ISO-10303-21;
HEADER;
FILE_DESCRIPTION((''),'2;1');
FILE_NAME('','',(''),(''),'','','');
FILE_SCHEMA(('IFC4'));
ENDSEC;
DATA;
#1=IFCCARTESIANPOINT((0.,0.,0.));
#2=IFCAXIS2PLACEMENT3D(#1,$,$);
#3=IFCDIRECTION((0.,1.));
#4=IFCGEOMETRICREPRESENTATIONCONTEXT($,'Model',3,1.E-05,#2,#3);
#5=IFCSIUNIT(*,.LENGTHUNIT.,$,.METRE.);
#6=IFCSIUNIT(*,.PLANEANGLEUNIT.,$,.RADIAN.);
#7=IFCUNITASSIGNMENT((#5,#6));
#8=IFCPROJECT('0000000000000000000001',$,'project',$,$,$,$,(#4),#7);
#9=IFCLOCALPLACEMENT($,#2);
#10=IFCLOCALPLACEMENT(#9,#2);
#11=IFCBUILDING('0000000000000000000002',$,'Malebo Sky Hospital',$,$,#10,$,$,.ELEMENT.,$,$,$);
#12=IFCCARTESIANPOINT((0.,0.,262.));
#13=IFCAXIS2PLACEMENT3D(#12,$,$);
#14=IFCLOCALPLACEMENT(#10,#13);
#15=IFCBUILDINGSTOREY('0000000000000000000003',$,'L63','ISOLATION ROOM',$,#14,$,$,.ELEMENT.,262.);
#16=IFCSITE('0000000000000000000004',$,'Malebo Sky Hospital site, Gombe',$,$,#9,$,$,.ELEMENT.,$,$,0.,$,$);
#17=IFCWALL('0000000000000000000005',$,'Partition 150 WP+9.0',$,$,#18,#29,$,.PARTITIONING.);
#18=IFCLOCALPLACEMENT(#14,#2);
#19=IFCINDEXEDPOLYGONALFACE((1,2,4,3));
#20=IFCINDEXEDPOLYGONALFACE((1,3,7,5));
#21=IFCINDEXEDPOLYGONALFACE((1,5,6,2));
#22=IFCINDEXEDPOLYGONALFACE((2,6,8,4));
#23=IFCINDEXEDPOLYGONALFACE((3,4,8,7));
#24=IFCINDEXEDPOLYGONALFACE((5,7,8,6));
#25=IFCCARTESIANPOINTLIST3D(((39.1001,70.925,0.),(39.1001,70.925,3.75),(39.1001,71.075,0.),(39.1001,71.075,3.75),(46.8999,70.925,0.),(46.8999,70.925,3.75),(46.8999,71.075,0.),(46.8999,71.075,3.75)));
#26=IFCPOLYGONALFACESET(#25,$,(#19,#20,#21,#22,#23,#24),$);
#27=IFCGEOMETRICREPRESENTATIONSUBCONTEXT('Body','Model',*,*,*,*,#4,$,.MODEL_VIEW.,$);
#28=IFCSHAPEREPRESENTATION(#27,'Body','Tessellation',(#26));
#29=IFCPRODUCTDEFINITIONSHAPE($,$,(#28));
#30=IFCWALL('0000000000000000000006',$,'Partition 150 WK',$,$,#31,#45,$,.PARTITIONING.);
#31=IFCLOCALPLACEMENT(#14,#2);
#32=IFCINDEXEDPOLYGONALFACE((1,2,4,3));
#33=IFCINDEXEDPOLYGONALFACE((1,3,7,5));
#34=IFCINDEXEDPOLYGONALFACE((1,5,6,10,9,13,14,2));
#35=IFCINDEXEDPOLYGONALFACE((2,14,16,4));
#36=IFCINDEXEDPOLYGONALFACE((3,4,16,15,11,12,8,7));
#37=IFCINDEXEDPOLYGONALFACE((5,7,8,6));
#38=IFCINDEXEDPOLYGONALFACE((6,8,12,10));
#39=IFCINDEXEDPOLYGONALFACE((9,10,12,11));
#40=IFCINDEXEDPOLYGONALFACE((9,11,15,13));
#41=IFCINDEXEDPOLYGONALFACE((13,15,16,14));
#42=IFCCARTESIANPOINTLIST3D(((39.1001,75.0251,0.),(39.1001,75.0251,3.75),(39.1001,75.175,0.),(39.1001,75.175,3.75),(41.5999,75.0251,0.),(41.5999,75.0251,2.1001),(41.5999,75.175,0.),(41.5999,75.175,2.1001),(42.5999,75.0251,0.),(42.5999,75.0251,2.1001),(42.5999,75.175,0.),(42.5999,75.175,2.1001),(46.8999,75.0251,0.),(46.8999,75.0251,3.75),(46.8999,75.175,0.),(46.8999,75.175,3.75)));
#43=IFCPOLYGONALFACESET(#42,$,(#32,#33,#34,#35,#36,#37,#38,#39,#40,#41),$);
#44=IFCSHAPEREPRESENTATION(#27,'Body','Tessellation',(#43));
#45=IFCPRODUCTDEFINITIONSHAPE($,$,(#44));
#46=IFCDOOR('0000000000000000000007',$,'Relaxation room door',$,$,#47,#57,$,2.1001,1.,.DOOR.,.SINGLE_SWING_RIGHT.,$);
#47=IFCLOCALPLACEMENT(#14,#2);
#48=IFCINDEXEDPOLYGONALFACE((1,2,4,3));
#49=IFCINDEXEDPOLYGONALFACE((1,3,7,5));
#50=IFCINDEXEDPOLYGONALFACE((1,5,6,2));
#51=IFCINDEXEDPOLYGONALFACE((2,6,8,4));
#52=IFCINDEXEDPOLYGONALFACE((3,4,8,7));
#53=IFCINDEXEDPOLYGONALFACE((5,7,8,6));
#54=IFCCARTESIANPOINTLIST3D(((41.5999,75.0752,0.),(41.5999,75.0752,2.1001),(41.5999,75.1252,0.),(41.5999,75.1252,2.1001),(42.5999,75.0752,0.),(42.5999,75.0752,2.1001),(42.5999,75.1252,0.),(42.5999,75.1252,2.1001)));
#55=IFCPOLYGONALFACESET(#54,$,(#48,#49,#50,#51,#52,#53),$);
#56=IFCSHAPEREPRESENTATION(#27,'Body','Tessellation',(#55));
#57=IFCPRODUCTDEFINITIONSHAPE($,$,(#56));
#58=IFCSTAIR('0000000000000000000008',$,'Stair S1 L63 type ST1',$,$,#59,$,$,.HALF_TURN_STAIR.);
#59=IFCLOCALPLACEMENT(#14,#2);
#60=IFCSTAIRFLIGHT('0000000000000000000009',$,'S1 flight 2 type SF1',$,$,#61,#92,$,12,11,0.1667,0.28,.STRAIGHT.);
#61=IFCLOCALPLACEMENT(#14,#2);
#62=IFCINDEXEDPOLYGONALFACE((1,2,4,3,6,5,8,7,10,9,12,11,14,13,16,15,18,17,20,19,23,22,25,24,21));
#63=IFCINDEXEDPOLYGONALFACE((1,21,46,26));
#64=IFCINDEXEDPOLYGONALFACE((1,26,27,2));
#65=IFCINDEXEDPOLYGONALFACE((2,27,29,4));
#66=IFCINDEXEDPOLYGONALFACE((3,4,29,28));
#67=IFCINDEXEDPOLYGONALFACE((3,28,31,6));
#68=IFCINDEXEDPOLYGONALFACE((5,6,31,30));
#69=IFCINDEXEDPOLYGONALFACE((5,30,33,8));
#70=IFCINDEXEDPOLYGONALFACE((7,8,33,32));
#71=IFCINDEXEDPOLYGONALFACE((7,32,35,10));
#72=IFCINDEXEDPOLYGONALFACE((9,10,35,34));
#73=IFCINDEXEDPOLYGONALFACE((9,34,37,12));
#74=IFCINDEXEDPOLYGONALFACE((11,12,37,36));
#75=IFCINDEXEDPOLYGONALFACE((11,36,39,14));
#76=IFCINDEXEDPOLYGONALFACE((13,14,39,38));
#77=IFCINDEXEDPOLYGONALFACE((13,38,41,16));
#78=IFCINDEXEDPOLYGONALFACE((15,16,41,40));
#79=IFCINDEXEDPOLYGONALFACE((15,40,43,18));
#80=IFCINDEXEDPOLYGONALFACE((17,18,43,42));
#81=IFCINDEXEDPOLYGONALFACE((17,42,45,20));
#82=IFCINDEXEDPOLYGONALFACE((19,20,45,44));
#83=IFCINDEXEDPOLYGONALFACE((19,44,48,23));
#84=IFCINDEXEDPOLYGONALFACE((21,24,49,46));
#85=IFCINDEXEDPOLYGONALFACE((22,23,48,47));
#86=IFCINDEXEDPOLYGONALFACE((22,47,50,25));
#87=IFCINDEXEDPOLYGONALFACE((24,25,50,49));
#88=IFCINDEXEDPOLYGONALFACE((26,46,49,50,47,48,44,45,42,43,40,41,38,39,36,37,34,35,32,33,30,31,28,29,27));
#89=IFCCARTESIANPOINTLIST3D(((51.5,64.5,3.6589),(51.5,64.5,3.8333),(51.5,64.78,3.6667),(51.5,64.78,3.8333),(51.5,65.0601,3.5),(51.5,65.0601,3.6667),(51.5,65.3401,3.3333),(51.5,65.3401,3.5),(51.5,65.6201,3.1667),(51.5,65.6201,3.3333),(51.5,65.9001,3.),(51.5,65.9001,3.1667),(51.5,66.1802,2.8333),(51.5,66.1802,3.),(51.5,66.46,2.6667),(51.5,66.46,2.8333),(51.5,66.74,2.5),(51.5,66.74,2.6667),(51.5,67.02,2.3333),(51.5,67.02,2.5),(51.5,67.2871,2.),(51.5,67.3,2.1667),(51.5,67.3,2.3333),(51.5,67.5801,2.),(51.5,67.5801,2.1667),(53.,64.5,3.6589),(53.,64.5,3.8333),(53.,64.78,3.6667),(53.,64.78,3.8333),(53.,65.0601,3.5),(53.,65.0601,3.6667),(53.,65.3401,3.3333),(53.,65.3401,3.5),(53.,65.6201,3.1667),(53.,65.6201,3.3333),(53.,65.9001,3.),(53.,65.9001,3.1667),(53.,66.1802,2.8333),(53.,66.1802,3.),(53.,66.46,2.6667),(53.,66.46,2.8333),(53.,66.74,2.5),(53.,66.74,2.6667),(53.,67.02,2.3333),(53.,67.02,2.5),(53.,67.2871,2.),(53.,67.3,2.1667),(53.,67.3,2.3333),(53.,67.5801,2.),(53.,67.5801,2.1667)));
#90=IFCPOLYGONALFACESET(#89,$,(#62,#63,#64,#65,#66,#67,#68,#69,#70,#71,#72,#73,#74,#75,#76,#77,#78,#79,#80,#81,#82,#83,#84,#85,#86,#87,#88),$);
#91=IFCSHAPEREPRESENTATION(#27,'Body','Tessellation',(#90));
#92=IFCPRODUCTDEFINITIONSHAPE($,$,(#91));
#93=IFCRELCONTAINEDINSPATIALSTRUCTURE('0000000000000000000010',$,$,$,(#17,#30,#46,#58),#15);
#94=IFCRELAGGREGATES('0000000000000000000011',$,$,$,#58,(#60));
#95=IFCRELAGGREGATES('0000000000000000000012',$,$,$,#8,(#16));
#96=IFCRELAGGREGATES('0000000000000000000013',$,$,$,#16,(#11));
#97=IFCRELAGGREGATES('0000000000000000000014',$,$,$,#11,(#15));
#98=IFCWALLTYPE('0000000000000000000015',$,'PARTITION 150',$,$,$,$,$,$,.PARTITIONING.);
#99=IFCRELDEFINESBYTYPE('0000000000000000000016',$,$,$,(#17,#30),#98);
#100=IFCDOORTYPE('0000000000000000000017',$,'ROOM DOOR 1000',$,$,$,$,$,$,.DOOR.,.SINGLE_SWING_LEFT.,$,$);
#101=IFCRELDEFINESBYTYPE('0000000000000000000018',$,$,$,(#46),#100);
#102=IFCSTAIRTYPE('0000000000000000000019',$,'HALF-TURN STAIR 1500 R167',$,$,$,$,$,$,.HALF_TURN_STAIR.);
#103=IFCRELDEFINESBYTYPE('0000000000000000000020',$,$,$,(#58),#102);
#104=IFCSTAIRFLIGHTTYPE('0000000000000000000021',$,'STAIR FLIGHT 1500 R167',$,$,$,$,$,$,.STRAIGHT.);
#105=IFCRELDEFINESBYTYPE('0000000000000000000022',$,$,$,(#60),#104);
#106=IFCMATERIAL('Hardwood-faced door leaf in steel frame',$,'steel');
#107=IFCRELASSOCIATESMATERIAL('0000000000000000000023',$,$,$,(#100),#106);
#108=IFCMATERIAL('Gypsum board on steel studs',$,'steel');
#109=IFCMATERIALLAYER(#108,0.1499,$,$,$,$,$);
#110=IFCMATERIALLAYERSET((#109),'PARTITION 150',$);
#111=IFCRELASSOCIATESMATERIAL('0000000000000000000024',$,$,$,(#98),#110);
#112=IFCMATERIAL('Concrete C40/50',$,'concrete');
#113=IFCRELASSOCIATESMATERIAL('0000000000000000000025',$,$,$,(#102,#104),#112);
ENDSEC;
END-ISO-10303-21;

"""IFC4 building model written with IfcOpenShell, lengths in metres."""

from ifc_helpers import new_model, si_unit, direction, frame, frame_2d, origin, place, context, subcontext, project, spatial, polyline, rectangle, outline, extrude, material, layer, layer_set, type_object, element, fill, aggregate, save


model = new_model("IFC4")

# Units and contexts
model_context = context("Model", 3, precision=1e-05, world=origin(), true_north=direction((0.0, 1.0)))
body_context = subcontext(model_context, "Body", "Model", "MODEL_VIEW")
ifc_project = project(units=[si_unit("LENGTHUNIT", "METRE"), si_unit("PLANEANGLEUNIT", "RADIAN")], contexts=[model_context])

# Site, building, storey
site_placement = place(None, origin())
site = spatial("IfcSite", under=ifc_project, at=site_placement, Name="Malebo Sky Hospital site, Gombe", CompositionType="ELEMENT", RefElevation=0.0)
building_placement = place(site_placement, origin())
building = spatial("IfcBuilding", under=site, at=building_placement, Name="Malebo Sky Hospital", CompositionType="ELEMENT")
storey_placement = place(building_placement, frame((0.0, 0.0, 262.0)))
storey = spatial("IfcBuildingStorey", under=building, at=storey_placement, Name="L63", Description="ISOLATION ROOM", CompositionType="ELEMENT", Elevation=262.0)

# Shared definitions
ifc_material_1 = material(Name="Hardwood-faced door leaf in steel frame", Category="steel")

# Shared definitions
ifc_material_2 = material(Name="Gypsum board on steel studs", Category="steel")
door_type_1 = type_object("IfcDoorType", Name="ROOM DOOR 1000", OperationType="SINGLE_SWING_LEFT", PredefinedType="DOOR", material=ifc_material_1)

# Wall
ifc_layer_1 = layer(ifc_material_2, 0.1499)
ifc_layer_set_1 = layer_set([ifc_layer_1], Name="PARTITION 150")
wall_type_1 = type_object("IfcWallType", Name="PARTITION 150", PredefinedType="PARTITIONING", material=ifc_layer_set_1)
wall_1_placement = place(storey_placement, frame((46.8999, 71.0, 0.0), z_axis=(0.0, 0.0, 1.0), x_axis=(-1.0, 0.0, 0.0)))
element("IfcWall", 1, at=wall_1_placement, inside=storey, type_object=wall_type_1, Name="Partition 150 WP+9.0", PredefinedType="PARTITIONING", context=body_context, shape_type="SweptSolid", body=[
    extrude(rectangle(XDim=7.7998, YDim=0.1499, at=frame_2d((3.8999, 0.0))), origin(), (0.0, 0.0, 1.0), 3.75),
])

# Wall, opening, door
wall_2_placement = place(storey_placement, frame((46.8999, 75.1001, 0.0), z_axis=(0.0, 0.0, 1.0), x_axis=(-1.0, 0.0, 0.0)))
wall_2 = element("IfcWall", 2, at=wall_2_placement, inside=storey, type_object=wall_type_1, Name="Partition 150 WK", PredefinedType="PARTITIONING", context=body_context, shape_type="SweptSolid", body=[
    extrude(rectangle(XDim=7.7998, YDim=0.1499, at=frame_2d((3.8999, 0.0))), origin(), (0.0, 0.0, 1.0), 3.75),
])
opening_1_placement = place(wall_2_placement, frame((4.3, 0.0, 0.0)))
opening_1 = element("IfcOpeningElement", 3, at=opening_1_placement, cuts=wall_2, PredefinedType="OPENING", context=body_context, shape_type="SweptSolid", body=[
    extrude(rectangle(XDim=1.0, YDim=2.1001, at=frame_2d((0.5, 1.05))), frame((0.0, 0.085, 0.0), z_axis=(0.0, -1.0, 0.0), x_axis=(1.0, 0.0, 0.0)), (0.0, 0.0, 1.0), 0.1699),
])
door_1_placement = place(opening_1_placement, origin())
door_1 = element("IfcDoor", 4, at=door_1_placement, inside=storey, type_object=door_type_1, Name="Relaxation room door", OperationType="SINGLE_SWING_RIGHT", OverallHeight=2.1001, OverallWidth=1.0, PredefinedType="DOOR", context=body_context, shape_type="SweptSolid", body=[
    extrude(rectangle(XDim=1.0, YDim=2.1001, at=frame_2d((0.5, 1.05))), frame((0.0, 0.0249, 0.0), z_axis=(0.0, -1.0, 0.0), x_axis=(1.0, 0.0, 0.0)), (0.0, 0.0, 1.0), 0.05),
])
fill(opening_1, door_1)

# Stair, stair flight
ifc_material_3 = material(Name="Concrete C40/50", Category="concrete")
stair_type = type_object("IfcStairType", Name="HALF-TURN STAIR 1500 R167", PredefinedType="HALF_TURN_STAIR", material=ifc_material_3)
stair_placement = place(storey_placement, origin())
stair = element("IfcStair", 5, at=stair_placement, inside=storey, type_object=stair_type, Name="Stair S1 L63 type ST1", PredefinedType="HALF_TURN_STAIR")
stair_flight_type = type_object("IfcStairFlightType", Name="STAIR FLIGHT 1500 R167", PredefinedType="STRAIGHT", material=ifc_material_3)
stair_flight_placement = place(storey_placement, frame((52.25, 67.5801, 2.0), z_axis=(0.0, 0.0, 1.0), x_axis=(0.0, -1.0, 0.0)))
stair_flight = element("IfcStairFlight", 6, at=stair_flight_placement, type_object=stair_flight_type, Name="S1 flight 2 type SF1", NumberOfRisers=12, NumberOfTreads=11, PredefinedType="STRAIGHT", RiserHeight=0.1667, TreadLength=0.28, context=body_context, shape_type="SweptSolid", body=[
    extrude(outline(polyline([(0.0, 0.0), (0.0, 0.1667), (0.28, 0.1667), (0.28, 0.3333), (0.5601, 0.3333), (0.5601, 0.5), (0.8401, 0.5), (0.8401, 0.6667), (1.1201, 0.6667), (1.1201, 0.8333), (1.3999, 0.8333), (1.3999, 1.0), (1.6799, 1.0), (1.6799, 1.1667), (1.96, 1.1667), (1.96, 1.3333), (2.24, 1.3333), (2.24, 1.5), (2.52, 1.5), (2.52, 1.6667), (2.8, 1.6667), (2.8, 1.8333), (3.0801, 1.8333), (3.0801, 2.0), (3.0801, 1.6589), (0.293, 0.0), (0.0, 0.0)])), frame((0.0, 0.75, 0.0), z_axis=(0.0, -1.0, 0.0), x_axis=(1.0, 0.0, 0.0)), (0.0, 0.0, 1.0), 1.5),
])
aggregate(stair, [stair_flight])

save(model, "model.ifc")
